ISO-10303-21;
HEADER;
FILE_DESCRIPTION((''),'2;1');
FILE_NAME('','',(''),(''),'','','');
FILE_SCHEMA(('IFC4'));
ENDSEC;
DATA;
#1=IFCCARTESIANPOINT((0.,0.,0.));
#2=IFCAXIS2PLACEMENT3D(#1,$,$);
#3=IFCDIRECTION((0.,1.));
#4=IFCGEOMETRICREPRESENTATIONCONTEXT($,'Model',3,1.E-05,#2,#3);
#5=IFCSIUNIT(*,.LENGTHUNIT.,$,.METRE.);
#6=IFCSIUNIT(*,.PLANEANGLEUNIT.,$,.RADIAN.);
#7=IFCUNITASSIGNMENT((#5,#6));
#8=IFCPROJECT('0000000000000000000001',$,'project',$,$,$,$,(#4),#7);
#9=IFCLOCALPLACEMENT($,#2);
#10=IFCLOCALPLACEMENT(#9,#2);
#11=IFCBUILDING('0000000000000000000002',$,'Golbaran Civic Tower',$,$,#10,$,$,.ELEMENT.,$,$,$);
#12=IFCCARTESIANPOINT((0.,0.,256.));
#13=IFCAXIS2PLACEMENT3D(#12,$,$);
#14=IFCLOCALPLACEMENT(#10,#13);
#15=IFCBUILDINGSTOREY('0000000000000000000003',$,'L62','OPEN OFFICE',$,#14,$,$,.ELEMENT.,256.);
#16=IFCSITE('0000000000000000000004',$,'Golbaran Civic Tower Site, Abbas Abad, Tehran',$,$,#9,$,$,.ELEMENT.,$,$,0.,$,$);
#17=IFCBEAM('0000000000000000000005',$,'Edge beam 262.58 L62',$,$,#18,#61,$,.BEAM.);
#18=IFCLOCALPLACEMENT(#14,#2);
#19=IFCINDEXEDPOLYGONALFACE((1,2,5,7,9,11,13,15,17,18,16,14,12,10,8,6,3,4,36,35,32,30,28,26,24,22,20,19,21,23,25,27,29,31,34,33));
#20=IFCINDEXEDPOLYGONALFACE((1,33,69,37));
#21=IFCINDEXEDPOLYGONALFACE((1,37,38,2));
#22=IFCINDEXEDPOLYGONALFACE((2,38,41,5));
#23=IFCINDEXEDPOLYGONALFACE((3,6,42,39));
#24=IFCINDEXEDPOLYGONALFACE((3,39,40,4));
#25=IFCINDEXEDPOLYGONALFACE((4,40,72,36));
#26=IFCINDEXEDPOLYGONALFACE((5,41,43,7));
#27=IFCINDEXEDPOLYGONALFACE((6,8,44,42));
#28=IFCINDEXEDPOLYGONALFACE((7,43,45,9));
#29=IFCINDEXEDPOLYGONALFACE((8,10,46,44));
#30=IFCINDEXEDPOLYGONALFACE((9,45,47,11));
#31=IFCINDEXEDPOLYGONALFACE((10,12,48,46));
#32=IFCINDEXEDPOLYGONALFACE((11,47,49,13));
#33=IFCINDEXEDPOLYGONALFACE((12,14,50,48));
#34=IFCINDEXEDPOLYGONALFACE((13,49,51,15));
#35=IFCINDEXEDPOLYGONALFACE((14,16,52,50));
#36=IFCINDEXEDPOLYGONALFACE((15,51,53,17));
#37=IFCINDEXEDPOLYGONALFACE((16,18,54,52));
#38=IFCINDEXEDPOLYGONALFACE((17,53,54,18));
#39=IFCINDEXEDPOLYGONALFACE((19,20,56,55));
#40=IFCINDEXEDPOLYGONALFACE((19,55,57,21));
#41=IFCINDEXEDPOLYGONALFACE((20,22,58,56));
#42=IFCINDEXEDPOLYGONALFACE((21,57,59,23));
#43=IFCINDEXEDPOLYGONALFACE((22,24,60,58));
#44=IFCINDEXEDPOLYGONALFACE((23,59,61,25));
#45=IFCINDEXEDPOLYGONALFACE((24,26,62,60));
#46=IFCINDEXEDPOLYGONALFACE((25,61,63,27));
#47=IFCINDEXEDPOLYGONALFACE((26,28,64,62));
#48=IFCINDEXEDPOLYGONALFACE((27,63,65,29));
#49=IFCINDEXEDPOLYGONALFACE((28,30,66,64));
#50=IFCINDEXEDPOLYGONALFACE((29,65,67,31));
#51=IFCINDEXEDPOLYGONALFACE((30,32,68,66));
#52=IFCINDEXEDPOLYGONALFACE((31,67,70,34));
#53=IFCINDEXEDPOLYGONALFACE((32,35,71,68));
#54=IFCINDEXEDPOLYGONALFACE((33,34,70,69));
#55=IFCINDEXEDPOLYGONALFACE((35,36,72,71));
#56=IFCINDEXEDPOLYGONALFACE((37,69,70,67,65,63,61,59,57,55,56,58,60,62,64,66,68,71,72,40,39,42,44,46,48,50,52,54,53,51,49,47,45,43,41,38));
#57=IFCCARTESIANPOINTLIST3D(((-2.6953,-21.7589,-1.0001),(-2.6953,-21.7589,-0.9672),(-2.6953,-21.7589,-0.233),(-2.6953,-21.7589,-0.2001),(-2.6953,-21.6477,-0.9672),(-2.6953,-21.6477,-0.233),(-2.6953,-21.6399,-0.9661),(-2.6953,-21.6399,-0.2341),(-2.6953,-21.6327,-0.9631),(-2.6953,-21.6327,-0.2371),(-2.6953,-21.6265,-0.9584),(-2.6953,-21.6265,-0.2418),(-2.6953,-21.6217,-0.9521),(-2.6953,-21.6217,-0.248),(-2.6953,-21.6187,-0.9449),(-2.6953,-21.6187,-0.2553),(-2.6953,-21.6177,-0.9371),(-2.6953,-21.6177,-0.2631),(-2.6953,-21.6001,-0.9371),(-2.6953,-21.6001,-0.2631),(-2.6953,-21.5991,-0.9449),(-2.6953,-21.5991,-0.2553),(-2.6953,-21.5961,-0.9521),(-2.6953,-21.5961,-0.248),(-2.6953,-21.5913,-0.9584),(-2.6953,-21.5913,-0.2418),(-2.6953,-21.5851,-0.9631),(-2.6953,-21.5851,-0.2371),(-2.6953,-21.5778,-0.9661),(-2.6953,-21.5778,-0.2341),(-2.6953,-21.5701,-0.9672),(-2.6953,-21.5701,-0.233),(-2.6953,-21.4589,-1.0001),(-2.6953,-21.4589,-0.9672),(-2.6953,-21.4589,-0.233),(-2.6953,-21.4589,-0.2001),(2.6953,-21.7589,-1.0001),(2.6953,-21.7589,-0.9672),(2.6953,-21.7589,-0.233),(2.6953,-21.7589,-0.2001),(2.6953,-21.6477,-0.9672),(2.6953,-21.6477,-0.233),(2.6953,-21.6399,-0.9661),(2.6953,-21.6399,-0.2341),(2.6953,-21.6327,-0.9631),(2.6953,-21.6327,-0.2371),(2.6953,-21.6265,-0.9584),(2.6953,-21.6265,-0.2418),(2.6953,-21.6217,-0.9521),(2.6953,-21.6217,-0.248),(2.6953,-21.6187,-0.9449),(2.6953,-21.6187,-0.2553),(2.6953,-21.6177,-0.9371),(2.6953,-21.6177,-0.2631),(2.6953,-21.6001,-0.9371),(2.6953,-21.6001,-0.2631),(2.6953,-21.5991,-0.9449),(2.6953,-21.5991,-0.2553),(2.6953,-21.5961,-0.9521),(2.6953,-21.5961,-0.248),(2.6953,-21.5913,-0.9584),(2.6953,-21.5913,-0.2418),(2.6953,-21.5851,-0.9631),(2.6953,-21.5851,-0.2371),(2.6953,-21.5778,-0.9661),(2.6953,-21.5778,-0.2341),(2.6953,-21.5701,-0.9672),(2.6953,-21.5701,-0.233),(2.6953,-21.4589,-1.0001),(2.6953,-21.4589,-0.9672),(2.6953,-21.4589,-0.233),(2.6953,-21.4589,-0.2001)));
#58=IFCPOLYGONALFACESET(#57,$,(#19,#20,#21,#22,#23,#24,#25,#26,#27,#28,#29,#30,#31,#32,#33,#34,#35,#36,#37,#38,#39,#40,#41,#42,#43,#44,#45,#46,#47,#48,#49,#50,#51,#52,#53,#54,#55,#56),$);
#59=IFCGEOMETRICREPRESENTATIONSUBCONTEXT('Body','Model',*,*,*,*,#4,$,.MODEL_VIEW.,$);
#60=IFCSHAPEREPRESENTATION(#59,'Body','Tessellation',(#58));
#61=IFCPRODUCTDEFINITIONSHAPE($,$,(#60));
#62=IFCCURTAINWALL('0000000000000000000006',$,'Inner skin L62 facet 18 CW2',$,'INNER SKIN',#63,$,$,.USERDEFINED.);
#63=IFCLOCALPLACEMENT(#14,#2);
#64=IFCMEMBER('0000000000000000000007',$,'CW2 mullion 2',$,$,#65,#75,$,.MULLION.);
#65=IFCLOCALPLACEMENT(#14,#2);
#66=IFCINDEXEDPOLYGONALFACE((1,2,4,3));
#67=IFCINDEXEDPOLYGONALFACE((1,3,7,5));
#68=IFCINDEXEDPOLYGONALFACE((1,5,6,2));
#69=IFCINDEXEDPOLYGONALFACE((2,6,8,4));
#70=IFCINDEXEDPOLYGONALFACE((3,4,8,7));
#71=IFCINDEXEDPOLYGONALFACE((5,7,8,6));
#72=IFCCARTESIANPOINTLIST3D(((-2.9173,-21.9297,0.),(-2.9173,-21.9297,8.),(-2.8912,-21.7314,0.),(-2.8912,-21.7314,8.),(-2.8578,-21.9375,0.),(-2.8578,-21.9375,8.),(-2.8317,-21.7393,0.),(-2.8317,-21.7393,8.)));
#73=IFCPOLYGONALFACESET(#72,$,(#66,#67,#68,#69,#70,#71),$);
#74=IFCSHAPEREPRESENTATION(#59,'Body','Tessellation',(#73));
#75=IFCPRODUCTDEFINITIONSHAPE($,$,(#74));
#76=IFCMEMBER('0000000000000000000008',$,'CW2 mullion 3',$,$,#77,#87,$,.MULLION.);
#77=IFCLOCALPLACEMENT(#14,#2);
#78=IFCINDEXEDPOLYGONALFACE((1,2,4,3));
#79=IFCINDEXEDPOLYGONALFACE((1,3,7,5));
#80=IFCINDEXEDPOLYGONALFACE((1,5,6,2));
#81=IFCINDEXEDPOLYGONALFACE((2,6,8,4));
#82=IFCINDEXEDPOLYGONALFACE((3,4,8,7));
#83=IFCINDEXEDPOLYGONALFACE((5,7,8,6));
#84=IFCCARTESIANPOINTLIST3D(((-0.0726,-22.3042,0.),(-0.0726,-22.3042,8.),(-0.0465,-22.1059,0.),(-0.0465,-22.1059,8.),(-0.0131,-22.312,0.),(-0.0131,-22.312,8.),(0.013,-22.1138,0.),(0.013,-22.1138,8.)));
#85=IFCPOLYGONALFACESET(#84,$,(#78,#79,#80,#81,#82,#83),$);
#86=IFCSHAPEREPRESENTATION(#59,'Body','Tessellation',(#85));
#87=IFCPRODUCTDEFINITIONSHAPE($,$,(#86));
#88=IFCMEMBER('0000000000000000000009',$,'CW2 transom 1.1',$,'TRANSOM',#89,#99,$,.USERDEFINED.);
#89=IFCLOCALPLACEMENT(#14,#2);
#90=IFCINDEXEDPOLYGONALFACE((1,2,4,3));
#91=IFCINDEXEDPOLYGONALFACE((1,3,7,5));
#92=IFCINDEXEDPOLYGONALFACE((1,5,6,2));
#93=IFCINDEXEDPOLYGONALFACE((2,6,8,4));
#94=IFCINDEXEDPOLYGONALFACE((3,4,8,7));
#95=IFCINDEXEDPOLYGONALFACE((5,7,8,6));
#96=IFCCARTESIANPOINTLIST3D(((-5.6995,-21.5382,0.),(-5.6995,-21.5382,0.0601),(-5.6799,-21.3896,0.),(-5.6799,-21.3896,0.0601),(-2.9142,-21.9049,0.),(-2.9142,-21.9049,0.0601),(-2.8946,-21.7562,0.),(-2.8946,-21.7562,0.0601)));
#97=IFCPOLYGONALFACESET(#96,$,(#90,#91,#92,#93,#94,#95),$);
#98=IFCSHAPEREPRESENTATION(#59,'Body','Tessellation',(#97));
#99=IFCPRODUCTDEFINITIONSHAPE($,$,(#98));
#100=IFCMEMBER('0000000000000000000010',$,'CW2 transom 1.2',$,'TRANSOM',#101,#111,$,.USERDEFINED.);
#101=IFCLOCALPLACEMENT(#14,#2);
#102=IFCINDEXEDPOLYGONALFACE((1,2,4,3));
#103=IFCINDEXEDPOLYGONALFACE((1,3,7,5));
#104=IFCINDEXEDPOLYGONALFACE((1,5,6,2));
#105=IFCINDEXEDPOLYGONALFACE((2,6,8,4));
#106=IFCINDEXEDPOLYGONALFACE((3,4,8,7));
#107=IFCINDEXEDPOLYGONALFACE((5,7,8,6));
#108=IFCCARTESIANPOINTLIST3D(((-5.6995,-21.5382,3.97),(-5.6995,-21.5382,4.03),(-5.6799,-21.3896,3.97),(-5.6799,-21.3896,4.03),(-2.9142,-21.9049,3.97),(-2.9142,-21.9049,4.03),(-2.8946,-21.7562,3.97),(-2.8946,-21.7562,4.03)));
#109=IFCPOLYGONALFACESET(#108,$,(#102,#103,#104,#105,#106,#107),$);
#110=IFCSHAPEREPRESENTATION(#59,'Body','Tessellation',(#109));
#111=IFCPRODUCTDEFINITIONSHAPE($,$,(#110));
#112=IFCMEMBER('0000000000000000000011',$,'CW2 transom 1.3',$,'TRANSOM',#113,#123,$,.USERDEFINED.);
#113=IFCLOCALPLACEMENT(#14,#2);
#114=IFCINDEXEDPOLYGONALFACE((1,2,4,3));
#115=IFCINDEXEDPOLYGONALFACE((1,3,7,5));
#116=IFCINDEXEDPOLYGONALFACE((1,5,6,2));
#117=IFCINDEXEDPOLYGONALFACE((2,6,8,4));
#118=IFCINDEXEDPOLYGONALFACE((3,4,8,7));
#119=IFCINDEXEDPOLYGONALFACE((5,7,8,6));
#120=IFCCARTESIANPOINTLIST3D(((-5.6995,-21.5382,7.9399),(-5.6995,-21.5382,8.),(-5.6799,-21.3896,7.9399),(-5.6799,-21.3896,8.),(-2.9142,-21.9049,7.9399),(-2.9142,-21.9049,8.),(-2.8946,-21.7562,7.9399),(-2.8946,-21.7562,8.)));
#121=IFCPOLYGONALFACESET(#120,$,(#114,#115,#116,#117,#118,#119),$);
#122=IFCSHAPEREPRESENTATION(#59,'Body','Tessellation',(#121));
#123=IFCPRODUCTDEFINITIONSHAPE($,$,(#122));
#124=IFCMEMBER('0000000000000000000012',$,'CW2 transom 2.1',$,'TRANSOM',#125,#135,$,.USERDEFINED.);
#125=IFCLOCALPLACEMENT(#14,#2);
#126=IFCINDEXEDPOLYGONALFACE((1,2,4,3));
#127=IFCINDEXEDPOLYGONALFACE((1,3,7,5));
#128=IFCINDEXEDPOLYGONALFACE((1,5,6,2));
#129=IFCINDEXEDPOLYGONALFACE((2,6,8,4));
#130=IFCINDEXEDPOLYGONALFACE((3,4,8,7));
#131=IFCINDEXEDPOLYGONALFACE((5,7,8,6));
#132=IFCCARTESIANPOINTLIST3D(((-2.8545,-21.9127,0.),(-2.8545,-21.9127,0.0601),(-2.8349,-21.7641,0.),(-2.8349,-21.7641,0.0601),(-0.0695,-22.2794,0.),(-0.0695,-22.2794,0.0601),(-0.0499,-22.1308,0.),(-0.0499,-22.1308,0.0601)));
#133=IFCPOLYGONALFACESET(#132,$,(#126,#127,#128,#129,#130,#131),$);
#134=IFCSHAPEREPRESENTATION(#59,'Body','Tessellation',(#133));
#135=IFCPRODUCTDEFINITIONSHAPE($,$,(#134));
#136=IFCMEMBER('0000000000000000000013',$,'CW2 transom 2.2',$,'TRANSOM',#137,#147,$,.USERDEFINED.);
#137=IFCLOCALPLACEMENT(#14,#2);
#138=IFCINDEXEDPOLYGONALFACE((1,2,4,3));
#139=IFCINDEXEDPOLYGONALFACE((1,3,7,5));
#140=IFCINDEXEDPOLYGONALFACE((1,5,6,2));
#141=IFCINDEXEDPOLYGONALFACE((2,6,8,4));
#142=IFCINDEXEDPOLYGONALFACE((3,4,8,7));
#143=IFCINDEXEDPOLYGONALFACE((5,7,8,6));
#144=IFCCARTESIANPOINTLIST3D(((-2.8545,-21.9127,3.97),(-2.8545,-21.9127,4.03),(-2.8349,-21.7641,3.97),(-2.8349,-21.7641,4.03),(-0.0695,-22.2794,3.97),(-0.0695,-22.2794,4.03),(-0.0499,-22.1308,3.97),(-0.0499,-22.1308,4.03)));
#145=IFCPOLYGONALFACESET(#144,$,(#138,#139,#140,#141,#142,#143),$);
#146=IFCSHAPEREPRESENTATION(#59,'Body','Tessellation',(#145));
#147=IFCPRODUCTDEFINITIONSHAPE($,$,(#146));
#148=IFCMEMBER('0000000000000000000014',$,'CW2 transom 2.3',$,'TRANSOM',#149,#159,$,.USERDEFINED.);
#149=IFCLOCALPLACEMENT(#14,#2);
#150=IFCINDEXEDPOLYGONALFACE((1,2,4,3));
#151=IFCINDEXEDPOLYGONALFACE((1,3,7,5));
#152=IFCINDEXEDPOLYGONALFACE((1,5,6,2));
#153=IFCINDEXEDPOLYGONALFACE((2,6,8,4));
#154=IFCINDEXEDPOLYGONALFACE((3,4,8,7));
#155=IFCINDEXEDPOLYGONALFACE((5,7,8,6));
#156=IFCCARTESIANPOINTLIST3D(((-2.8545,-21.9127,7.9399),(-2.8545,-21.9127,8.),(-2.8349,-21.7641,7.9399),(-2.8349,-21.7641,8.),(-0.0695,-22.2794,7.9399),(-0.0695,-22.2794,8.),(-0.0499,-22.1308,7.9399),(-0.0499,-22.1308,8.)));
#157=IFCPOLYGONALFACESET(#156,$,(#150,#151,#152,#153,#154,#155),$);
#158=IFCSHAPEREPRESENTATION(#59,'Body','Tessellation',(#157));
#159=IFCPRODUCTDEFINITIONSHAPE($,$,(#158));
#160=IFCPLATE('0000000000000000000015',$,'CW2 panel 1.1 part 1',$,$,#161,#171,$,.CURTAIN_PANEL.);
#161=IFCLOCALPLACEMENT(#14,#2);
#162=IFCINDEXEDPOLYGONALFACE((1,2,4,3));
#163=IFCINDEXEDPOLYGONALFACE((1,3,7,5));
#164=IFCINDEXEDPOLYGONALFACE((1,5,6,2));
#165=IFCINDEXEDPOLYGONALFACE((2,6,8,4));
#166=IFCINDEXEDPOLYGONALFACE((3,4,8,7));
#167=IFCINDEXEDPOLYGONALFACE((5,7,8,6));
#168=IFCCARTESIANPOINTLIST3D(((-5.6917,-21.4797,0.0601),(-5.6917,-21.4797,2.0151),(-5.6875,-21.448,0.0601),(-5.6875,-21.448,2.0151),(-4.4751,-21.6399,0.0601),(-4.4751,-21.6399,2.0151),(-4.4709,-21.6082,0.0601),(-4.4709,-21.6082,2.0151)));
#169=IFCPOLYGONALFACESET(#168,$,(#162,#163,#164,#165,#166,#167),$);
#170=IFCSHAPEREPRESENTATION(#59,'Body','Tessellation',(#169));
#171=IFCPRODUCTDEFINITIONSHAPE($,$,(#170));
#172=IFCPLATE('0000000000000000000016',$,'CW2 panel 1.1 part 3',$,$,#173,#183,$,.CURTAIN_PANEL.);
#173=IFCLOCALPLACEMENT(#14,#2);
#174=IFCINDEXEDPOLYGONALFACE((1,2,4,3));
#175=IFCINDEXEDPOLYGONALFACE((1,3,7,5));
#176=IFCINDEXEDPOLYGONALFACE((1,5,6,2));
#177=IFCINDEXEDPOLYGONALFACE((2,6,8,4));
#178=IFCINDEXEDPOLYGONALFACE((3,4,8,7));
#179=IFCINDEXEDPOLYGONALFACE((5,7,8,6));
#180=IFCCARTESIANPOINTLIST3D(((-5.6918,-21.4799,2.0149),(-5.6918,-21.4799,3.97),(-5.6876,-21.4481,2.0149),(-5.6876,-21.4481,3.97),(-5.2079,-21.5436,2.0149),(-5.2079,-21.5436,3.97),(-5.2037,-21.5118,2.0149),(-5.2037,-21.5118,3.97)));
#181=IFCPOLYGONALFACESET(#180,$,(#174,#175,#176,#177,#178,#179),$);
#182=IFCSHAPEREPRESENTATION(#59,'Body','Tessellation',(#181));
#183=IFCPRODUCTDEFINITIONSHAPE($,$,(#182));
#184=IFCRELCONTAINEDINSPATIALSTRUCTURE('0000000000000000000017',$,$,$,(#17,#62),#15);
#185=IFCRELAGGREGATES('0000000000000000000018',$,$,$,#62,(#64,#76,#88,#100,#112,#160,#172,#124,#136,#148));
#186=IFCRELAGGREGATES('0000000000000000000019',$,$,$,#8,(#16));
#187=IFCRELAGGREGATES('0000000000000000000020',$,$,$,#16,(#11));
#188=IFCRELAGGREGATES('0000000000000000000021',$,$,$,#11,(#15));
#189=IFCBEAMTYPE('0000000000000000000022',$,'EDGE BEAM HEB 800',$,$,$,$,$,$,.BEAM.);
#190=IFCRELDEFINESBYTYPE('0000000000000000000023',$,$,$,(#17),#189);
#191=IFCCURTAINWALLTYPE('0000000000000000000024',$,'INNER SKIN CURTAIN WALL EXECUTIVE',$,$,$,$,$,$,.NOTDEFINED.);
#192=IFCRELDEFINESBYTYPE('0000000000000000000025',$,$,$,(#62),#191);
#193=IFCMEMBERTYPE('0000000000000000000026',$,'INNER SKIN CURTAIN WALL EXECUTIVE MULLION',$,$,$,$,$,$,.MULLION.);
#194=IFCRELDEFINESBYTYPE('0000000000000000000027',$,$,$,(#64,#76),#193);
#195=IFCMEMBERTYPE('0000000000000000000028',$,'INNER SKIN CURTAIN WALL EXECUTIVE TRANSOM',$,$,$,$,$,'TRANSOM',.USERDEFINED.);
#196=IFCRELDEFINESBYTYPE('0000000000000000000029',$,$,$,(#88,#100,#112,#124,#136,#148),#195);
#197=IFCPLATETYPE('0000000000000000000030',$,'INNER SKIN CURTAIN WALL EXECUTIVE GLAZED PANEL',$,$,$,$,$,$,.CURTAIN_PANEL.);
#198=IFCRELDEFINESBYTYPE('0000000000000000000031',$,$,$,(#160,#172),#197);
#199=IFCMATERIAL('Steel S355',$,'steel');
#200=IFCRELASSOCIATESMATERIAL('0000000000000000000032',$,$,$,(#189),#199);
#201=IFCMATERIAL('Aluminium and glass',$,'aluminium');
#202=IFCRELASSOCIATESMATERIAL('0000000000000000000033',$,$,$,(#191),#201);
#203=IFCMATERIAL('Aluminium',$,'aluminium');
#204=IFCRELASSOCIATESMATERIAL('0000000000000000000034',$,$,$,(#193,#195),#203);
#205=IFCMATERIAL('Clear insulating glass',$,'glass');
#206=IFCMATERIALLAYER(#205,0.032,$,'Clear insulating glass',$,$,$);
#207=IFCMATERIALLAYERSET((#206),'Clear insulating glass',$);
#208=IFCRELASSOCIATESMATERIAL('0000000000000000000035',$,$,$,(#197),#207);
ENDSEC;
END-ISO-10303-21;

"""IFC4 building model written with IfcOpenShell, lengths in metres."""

from ifc_helpers import new_model, si_unit, direction, frame, origin, origin_2d, place, context, subcontext, project, spatial, rectangle, i_section, extrude, material, layer, layer_set, material_profile, profile_set, type_object, element, aggregate, save


model = new_model("IFC4")

# Units and contexts
model_context = context("Model", 3, precision=1e-05, world=origin(), true_north=direction((0.0, 1.0)))
body_context = subcontext(model_context, "Body", "Model", "MODEL_VIEW")
ifc_project = project(units=[si_unit("LENGTHUNIT", "METRE"), si_unit("PLANEANGLEUNIT", "RADIAN")], contexts=[model_context])

# Site, building, storey
site_placement = place(None, origin())
site = spatial("IfcSite", under=ifc_project, at=site_placement, Name="Golbaran Civic Tower Site, Abbas Abad, Tehran", CompositionType="ELEMENT", RefElevation=0.0)
building_placement = place(site_placement, origin())
building = spatial("IfcBuilding", under=site, at=building_placement, Name="Golbaran Civic Tower", CompositionType="ELEMENT")
storey_placement = place(building_placement, frame((0.0, 0.0, 256.0)))
storey = spatial("IfcBuildingStorey", under=building, at=storey_placement, Name="L62", Description="OPEN OFFICE", CompositionType="ELEMENT", Elevation=256.0)

# Beam
ifc_material_1 = material(Name="Steel S355", Category="steel")
ifc_material_profile_1 = material_profile(ifc_material_1, i_section(OverallWidth=0.3, OverallDepth=0.8, WebThickness=0.0176, FlangeThickness=0.033, FilletRadius=0.03, at=origin_2d()), Name="HEB 800")
ifc_profile_set_1 = profile_set([ifc_material_profile_1], Name="Steel S355")
beam_type = type_object("IfcBeamType", Name="EDGE BEAM HEB 800", PredefinedType="BEAM", material=ifc_profile_set_1)
beam_placement = place(storey_placement, frame((-2.6953, -21.6089, -0.6001), z_axis=(1.0, 0.0, 0.0), x_axis=(0.0, 1.0, 0.0)))
element("IfcBeam", 1, at=beam_placement, inside=storey, type_object=beam_type, Name="Edge beam 262.58 L62", PredefinedType="BEAM", context=body_context, shape_type="SweptSolid", body=[
    extrude(i_section(OverallWidth=0.3, OverallDepth=0.8, WebThickness=0.0176, FlangeThickness=0.033, FilletRadius=0.03, at=origin_2d()), origin(), (0.0, 0.0, 1.0), 5.3906),
])

# Curtain wall, members, plates
ifc_material_2 = material(Name="Aluminium and glass", Category="aluminium")
curtain_wall_type = type_object("IfcCurtainWallType", Name="INNER SKIN CURTAIN WALL EXECUTIVE", PredefinedType="NOTDEFINED", material=ifc_material_2)
curtain_wall_placement = place(storey_placement, origin())
curtain_wall = element("IfcCurtainWall", 2, at=curtain_wall_placement, inside=storey, type_object=curtain_wall_type, Name="Inner skin L62 facet 18 CW2", ObjectType="INNER SKIN", PredefinedType="USERDEFINED")
ifc_material_3 = material(Name="Aluminium", Category="aluminium")
ifc_material_profile_2 = material_profile(ifc_material_3, rectangle(XDim=0.2, YDim=0.0601, at=origin_2d()), Name="INNER SKIN CURTAIN WALL EXECUTIVE MULLION")
ifc_profile_set_2 = profile_set([ifc_material_profile_2], Name="Aluminium")
member_type_1 = type_object("IfcMemberType", Name="INNER SKIN CURTAIN WALL EXECUTIVE MULLION", PredefinedType="MULLION", material=ifc_profile_set_2)
member_1_placement = place(storey_placement, frame((-2.8745, -21.8345, 0.0), z_axis=(0.0, 0.0, 1.0), x_axis=(0.130526, 0.991445, 0.0)))
member_1 = element("IfcMember", 3, at=member_1_placement, type_object=member_type_1, Name="CW2 mullion 2", PredefinedType="MULLION", context=body_context, shape_type="SweptSolid", body=[
    extrude(rectangle(XDim=0.2, YDim=0.0601, at=origin_2d()), origin(), (0.0, 0.0, 1.0), 8.0),
])
member_2_placement = place(storey_placement, frame((-0.0298, -22.209, 0.0), z_axis=(0.0, 0.0, 1.0), x_axis=(0.130526, 0.991445, 0.0)))
member_2 = element("IfcMember", 4, at=member_2_placement, type_object=member_type_1, Name="CW2 mullion 3", PredefinedType="MULLION", context=body_context, shape_type="SweptSolid", body=[
    extrude(rectangle(XDim=0.2, YDim=0.0601, at=origin_2d()), origin(), (0.0, 0.0, 1.0), 8.0),
])
ifc_material_profile_3 = material_profile(ifc_material_3, rectangle(XDim=0.1499, YDim=0.0601, at=origin_2d()), Name="INNER SKIN CURTAIN WALL EXECUTIVE TRANSOM")
ifc_profile_set_3 = profile_set([ifc_material_profile_3], Name="Aluminium")
member_type_2 = type_object("IfcMemberType", Name="INNER SKIN CURTAIN WALL EXECUTIVE TRANSOM", ElementType="TRANSOM", PredefinedType="USERDEFINED", material=ifc_profile_set_3)
member_3_placement = place(storey_placement, frame((-5.6897, -21.4639, 0.03), z_axis=(0.991445, -0.130524, 0.0), x_axis=(0.130524, 0.991445, 0.0)))
member_3 = element("IfcMember", 5, at=member_3_placement, type_object=member_type_2, Name="CW2 transom 1.1", ObjectType="TRANSOM", PredefinedType="USERDEFINED", context=body_context, shape_type="SweptSolid", body=[
    extrude(rectangle(XDim=0.1499, YDim=0.0601, at=origin_2d()), origin(), (0.0, 0.0, 1.0), 2.8093),
])
member_4_placement = place(storey_placement, frame((-5.6897, -21.4639, 4.0), z_axis=(0.991445, -0.130524, 0.0), x_axis=(0.130524, 0.991445, 0.0)))
member_4 = element("IfcMember", 6, at=member_4_placement, type_object=member_type_2, Name="CW2 transom 1.2", ObjectType="TRANSOM", PredefinedType="USERDEFINED", context=body_context, shape_type="SweptSolid", body=[
    extrude(rectangle(XDim=0.1499, YDim=0.0601, at=origin_2d()), origin(), (0.0, 0.0, 1.0), 2.8093),
])
member_5_placement = place(storey_placement, frame((-5.6897, -21.4639, 7.97), z_axis=(0.991445, -0.130524, 0.0), x_axis=(0.130524, 0.991445, 0.0)))
member_5 = element("IfcMember", 7, at=member_5_placement, type_object=member_type_2, Name="CW2 transom 1.3", ObjectType="TRANSOM", PredefinedType="USERDEFINED", context=body_context, shape_type="SweptSolid", body=[
    extrude(rectangle(XDim=0.1499, YDim=0.0601, at=origin_2d()), origin(), (0.0, 0.0, 1.0), 2.8093),
])
member_6_placement = place(storey_placement, frame((-2.8447, -21.8384, 0.03), z_axis=(0.991444, -0.130535, 0.0), x_axis=(0.130535, 0.991444, 0.0)))
member_6 = element("IfcMember", 8, at=member_6_placement, type_object=member_type_2, Name="CW2 transom 2.1", ObjectType="TRANSOM", PredefinedType="USERDEFINED", context=body_context, shape_type="SweptSolid", body=[
    extrude(rectangle(XDim=0.1499, YDim=0.0601, at=origin_2d()), origin(), (0.0, 0.0, 1.0), 2.8091),
])
member_7_placement = place(storey_placement, frame((-2.8447, -21.8384, 4.0), z_axis=(0.991444, -0.130535, 0.0), x_axis=(0.130535, 0.991444, 0.0)))
member_7 = element("IfcMember", 9, at=member_7_placement, type_object=member_type_2, Name="CW2 transom 2.2", ObjectType="TRANSOM", PredefinedType="USERDEFINED", context=body_context, shape_type="SweptSolid", body=[
    extrude(rectangle(XDim=0.1499, YDim=0.0601, at=origin_2d()), origin(), (0.0, 0.0, 1.0), 2.8091),
])
member_8_placement = place(storey_placement, frame((-2.8447, -21.8384, 7.97), z_axis=(0.991444, -0.130535, 0.0), x_axis=(0.130535, 0.991444, 0.0)))
member_8 = element("IfcMember", 10, at=member_8_placement, type_object=member_type_2, Name="CW2 transom 2.3", ObjectType="TRANSOM", PredefinedType="USERDEFINED", context=body_context, shape_type="SweptSolid", body=[
    extrude(rectangle(XDim=0.1499, YDim=0.0601, at=origin_2d()), origin(), (0.0, 0.0, 1.0), 2.8091),
])
ifc_material_4 = material(Name="Clear insulating glass", Category="glass")
ifc_layer_1 = layer(ifc_material_4, 0.032, Name="Clear insulating glass")
ifc_layer_set_1 = layer_set([ifc_layer_1], Name="Clear insulating glass")
plate_type_1 = type_object("IfcPlateType", Name="INNER SKIN CURTAIN WALL EXECUTIVE GLAZED PANEL", PredefinedType="CURTAIN_PANEL", material=ifc_layer_set_1)
plate_1_placement = place(storey_placement, frame((-5.0813, -21.5439, 0.0601), z_axis=(0.0, 0.0, 1.0), x_axis=(0.991445, -0.130526, 0.0)))
plate_1 = element("IfcPlate", 11, at=plate_1_placement, type_object=plate_type_1, Name="CW2 panel 1.1 part 1", PredefinedType="CURTAIN_PANEL", context=body_context, shape_type="SweptSolid", body=[
    extrude(rectangle(XDim=1.2271, YDim=0.032, at=origin_2d()), origin(), (0.0, 0.0, 1.0), 1.9551),
])
plate_2_placement = place(storey_placement, frame((-5.4478, -21.4958, 2.0149), z_axis=(0.0, 0.0, 1.0), x_axis=(0.991445, -0.130526, 0.0)))
plate_2 = element("IfcPlate", 12, at=plate_2_placement, type_object=plate_type_1, Name="CW2 panel 1.1 part 3", PredefinedType="CURTAIN_PANEL", context=body_context, shape_type="SweptSolid", body=[
    extrude(rectangle(XDim=0.488, YDim=0.032, at=origin_2d()), origin(), (0.0, 0.0, 1.0), 1.9551),
])
aggregate(curtain_wall, [member_1, member_2, member_3, member_4, member_5, plate_1, plate_2, member_6, member_7, member_8])

save(model, "model.ifc")
